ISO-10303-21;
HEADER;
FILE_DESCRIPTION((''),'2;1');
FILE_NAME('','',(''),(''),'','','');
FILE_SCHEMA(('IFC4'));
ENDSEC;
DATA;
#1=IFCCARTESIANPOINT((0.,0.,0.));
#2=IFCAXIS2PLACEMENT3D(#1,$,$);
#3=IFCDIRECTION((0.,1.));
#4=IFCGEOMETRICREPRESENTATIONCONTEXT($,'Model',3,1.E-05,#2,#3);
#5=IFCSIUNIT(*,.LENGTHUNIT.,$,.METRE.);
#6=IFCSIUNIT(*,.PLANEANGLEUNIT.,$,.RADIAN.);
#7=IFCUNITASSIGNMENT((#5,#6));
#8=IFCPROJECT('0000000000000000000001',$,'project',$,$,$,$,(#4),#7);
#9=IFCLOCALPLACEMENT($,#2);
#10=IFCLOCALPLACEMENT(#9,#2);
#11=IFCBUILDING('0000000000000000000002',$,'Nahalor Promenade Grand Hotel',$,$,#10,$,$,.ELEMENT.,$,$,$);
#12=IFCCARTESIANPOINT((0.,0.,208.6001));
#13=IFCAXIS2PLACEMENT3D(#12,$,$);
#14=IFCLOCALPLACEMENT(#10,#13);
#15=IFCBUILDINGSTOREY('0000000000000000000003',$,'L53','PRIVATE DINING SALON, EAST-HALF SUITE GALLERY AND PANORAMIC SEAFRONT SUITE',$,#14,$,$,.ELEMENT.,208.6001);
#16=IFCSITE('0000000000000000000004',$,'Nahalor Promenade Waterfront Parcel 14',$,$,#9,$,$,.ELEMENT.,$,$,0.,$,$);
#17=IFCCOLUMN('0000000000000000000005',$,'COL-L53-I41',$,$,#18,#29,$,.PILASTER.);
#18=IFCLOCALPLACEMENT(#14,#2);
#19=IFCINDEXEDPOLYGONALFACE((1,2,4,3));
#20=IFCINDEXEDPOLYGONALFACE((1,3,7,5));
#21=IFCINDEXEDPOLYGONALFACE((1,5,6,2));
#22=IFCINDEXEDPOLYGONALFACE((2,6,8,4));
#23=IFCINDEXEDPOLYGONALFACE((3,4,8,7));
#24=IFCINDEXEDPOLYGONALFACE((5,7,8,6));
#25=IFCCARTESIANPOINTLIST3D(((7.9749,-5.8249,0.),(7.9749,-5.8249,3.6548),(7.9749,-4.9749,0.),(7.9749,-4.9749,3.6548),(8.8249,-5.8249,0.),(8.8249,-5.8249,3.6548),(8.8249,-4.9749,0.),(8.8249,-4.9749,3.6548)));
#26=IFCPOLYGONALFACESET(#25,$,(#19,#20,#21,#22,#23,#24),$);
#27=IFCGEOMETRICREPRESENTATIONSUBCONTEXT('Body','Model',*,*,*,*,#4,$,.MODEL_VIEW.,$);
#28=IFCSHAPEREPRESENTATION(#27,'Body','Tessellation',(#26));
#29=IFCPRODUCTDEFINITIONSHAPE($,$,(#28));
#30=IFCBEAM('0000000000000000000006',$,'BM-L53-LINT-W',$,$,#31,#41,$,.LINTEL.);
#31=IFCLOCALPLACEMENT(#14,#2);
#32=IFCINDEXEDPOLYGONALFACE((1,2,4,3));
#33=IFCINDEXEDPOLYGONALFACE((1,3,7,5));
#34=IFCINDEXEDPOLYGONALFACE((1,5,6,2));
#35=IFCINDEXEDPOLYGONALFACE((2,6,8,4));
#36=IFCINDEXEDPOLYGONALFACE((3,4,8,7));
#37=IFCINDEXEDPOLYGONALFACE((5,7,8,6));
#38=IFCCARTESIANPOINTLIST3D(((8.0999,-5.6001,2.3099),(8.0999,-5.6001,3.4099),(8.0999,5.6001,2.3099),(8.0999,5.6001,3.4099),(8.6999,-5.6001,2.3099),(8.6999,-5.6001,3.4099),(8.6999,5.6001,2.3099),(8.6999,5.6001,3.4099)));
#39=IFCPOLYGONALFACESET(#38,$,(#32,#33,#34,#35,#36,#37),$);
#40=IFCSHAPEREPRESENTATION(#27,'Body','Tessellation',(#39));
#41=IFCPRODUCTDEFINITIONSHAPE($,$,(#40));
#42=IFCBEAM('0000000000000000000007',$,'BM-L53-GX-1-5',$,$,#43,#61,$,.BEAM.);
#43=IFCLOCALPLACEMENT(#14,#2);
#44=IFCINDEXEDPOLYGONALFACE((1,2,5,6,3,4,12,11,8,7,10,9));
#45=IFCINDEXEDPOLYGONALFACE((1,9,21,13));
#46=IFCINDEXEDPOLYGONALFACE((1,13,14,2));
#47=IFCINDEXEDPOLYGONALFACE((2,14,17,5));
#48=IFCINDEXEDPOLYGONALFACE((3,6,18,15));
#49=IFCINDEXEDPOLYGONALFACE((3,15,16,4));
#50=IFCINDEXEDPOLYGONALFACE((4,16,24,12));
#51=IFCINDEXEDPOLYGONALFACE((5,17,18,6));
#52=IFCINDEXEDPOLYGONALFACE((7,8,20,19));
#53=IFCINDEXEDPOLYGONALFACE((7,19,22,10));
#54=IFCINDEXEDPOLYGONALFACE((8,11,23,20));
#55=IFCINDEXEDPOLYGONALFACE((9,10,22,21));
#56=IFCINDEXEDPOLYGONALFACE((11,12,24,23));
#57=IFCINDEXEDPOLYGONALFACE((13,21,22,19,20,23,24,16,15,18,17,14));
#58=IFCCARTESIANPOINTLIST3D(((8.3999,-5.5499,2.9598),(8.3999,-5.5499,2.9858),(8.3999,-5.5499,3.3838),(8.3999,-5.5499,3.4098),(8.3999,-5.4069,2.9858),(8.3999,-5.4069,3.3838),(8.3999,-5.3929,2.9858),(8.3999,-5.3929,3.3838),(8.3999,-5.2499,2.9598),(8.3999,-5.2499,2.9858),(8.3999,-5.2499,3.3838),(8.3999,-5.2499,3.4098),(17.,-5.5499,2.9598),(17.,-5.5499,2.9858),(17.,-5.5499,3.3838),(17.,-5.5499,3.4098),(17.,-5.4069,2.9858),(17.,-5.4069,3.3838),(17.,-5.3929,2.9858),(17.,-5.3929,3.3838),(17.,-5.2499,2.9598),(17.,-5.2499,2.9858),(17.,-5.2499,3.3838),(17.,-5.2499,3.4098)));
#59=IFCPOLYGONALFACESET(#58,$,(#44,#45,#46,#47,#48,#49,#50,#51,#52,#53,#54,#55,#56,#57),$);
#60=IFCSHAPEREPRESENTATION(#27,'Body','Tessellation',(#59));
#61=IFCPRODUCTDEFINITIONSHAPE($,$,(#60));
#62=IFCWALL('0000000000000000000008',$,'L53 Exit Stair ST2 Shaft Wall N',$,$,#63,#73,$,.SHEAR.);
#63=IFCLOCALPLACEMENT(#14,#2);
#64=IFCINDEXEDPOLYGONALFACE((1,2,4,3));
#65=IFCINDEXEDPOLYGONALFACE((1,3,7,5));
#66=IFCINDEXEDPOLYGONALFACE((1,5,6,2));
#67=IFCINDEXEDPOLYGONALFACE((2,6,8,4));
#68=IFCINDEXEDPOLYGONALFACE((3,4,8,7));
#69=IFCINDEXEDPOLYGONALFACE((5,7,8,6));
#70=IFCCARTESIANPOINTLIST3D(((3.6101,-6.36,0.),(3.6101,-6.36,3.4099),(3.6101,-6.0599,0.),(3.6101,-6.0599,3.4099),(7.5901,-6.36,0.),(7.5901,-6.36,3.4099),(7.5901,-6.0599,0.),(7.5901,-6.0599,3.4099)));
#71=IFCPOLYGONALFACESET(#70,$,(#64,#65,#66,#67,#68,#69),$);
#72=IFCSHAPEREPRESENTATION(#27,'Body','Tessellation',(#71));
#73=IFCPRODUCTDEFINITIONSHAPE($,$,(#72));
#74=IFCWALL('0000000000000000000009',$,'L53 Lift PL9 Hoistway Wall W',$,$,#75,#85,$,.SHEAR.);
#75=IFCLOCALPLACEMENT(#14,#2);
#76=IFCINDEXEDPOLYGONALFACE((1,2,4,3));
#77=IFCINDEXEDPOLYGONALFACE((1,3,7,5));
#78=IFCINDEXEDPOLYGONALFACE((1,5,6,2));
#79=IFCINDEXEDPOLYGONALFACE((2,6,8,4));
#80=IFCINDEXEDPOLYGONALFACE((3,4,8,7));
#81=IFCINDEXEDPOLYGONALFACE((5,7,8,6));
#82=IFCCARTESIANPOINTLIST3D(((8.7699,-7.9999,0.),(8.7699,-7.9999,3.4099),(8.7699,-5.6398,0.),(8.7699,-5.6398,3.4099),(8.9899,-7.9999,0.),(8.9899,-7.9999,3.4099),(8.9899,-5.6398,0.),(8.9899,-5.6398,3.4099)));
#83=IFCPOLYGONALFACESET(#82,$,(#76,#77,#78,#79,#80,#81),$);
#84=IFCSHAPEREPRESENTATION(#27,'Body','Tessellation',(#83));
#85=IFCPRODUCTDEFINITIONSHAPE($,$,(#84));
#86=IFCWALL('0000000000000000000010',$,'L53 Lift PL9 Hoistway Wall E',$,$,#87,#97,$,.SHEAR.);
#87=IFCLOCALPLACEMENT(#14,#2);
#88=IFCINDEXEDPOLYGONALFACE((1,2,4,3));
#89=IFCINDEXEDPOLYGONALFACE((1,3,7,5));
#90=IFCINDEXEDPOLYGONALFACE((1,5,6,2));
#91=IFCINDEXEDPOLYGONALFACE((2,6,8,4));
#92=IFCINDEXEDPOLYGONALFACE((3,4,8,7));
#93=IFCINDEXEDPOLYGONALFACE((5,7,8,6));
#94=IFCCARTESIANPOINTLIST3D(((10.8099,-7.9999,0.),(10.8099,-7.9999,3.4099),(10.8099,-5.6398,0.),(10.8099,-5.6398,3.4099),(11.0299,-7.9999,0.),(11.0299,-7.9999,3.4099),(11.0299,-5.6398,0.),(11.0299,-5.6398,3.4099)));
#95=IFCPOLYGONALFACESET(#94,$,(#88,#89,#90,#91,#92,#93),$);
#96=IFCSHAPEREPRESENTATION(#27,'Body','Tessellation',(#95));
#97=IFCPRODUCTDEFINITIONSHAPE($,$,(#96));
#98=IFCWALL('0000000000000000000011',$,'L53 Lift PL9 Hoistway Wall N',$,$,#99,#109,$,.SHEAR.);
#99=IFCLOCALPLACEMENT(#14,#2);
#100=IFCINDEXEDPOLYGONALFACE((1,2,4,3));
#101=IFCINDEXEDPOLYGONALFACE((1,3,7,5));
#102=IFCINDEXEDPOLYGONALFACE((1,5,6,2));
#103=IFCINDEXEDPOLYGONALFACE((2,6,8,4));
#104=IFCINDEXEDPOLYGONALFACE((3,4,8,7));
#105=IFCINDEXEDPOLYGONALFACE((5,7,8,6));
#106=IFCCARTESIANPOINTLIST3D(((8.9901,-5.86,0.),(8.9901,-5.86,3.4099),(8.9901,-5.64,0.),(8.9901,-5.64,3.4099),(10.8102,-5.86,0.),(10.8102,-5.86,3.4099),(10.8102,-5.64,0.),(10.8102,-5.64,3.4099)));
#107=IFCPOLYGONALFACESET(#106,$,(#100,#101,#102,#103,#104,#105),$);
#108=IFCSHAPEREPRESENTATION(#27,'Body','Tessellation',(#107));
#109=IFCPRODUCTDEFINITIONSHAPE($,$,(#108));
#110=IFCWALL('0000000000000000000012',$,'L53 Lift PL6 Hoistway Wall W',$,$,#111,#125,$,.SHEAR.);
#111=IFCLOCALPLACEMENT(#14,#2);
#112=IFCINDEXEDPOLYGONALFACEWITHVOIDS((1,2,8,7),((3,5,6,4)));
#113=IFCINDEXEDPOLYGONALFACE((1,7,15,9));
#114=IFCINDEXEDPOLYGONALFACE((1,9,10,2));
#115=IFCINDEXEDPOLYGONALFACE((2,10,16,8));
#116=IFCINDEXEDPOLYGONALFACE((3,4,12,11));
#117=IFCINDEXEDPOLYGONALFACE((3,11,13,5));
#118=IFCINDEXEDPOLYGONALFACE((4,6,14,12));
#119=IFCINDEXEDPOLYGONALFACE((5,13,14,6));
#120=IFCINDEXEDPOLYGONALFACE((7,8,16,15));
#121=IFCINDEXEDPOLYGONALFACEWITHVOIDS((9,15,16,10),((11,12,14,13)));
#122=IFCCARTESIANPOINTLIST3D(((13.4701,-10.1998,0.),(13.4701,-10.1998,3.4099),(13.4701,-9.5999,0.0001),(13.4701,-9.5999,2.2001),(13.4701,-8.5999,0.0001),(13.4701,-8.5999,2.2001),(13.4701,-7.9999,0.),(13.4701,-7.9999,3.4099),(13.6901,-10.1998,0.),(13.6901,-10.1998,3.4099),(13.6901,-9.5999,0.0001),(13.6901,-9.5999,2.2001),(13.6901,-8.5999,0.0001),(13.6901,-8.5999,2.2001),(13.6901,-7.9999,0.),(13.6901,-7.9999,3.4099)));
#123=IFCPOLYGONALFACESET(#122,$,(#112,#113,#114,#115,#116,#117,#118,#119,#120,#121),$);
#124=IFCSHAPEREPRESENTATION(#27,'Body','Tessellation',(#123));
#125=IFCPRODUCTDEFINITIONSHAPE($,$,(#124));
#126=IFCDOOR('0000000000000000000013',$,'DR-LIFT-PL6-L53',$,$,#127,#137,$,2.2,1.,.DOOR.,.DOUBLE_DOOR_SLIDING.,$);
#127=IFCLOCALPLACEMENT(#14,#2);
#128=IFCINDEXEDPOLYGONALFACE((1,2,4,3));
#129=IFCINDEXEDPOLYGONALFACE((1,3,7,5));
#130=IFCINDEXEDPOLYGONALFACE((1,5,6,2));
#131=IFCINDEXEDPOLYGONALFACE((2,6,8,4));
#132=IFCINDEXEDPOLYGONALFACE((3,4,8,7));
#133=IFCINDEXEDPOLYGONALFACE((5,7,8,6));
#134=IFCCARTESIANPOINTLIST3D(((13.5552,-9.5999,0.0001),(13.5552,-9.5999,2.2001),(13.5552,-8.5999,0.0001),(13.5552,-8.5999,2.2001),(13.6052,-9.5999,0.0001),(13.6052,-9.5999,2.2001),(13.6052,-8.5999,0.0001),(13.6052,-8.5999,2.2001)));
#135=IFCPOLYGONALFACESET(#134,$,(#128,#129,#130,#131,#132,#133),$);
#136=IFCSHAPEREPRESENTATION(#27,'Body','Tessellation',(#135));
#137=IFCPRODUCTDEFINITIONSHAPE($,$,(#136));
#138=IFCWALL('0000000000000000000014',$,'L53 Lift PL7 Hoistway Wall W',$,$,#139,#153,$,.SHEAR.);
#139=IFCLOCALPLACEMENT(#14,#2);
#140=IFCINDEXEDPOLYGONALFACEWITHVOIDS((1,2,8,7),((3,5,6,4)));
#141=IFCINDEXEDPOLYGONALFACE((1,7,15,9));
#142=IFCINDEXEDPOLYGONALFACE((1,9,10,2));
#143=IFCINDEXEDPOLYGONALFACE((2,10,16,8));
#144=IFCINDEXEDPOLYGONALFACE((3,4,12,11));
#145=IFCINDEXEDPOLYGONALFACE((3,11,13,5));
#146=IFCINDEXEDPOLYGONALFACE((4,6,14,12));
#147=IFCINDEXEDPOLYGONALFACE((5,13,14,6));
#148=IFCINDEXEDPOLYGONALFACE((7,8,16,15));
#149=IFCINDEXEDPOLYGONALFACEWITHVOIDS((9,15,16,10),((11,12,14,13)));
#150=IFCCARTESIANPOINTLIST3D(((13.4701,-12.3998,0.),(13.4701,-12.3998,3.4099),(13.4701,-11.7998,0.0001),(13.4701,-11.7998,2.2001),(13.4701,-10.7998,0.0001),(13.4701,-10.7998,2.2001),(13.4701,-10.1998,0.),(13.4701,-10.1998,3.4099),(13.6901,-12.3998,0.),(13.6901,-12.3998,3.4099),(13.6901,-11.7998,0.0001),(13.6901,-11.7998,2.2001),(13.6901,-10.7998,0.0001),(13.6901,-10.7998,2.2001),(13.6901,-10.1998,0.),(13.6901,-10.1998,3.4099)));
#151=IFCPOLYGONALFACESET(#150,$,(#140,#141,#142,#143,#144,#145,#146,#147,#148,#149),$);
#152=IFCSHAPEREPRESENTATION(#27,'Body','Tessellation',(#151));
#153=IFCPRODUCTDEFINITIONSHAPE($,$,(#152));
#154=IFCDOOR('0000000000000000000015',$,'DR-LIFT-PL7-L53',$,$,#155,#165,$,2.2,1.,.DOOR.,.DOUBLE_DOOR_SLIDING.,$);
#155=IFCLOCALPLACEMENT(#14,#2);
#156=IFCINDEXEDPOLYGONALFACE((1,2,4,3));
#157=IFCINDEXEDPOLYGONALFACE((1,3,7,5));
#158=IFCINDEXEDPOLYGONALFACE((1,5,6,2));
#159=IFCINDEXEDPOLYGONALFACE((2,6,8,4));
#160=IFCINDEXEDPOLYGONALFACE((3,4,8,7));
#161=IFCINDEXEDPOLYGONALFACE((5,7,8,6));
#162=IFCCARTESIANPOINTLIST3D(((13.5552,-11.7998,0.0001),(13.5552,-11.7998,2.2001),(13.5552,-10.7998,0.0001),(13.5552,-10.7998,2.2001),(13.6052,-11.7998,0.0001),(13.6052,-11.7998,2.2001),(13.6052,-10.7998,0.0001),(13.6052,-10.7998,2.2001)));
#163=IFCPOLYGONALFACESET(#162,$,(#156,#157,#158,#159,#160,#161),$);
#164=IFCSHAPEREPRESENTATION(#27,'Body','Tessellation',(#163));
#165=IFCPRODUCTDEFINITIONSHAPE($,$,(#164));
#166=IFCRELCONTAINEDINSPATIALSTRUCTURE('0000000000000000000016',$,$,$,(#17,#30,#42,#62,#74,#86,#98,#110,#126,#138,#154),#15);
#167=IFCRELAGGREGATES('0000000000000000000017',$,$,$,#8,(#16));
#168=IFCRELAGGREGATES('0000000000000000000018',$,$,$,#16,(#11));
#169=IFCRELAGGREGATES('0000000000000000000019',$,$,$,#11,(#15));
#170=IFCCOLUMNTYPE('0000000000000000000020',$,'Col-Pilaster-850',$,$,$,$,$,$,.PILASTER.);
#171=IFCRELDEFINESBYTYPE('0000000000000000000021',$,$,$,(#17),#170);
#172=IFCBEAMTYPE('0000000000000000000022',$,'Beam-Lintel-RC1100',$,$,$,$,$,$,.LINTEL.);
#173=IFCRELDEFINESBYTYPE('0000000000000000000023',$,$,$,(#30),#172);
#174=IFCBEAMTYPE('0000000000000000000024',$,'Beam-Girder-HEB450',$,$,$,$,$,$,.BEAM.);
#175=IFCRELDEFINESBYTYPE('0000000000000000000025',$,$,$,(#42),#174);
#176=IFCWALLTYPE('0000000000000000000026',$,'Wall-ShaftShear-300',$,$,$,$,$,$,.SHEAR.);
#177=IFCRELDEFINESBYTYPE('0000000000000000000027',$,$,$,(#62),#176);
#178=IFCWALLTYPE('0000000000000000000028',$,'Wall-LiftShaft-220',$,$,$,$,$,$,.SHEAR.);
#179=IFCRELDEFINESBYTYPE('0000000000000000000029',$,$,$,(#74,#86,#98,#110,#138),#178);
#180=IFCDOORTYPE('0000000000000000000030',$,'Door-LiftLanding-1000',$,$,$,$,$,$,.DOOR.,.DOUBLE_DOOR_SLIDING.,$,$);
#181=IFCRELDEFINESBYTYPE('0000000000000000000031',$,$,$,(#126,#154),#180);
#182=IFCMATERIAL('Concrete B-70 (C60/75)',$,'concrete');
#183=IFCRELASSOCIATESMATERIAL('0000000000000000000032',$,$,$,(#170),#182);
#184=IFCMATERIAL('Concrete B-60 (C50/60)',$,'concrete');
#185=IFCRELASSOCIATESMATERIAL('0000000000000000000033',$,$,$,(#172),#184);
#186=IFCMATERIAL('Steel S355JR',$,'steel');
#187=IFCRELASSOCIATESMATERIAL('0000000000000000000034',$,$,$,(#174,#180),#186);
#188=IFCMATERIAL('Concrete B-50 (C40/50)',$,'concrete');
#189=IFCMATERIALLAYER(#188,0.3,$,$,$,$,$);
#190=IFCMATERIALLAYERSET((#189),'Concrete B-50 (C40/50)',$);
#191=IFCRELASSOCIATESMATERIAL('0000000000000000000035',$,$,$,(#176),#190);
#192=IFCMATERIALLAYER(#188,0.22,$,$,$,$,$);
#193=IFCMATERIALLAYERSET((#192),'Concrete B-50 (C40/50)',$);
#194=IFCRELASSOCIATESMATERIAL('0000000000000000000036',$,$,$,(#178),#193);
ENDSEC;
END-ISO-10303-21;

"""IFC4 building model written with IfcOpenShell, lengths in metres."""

from ifc_helpers import new_model, si_unit, direction, frame, frame_2d, origin, origin_2d, place, context, subcontext, project, spatial, rectangle, i_section, extrude, source, transform, mapped, material, layer, layer_set, material_profile, profile_set, type_object, element, fill, save


model = new_model("IFC4")

# Units and contexts
model_context = context("Model", 3, precision=1e-05, world=origin(), true_north=direction((0.0, 1.0)))
body_context = subcontext(model_context, "Body", "Model", "MODEL_VIEW")
ifc_project = project(units=[si_unit("LENGTHUNIT", "METRE"), si_unit("PLANEANGLEUNIT", "RADIAN")], contexts=[model_context])

# Site, building, storey
site_placement = place(None, origin())
site = spatial("IfcSite", under=ifc_project, at=site_placement, Name="Nahalor Promenade Waterfront Parcel 14", CompositionType="ELEMENT", RefElevation=0.0)
building_placement = place(site_placement, origin())
building = spatial("IfcBuilding", under=site, at=building_placement, Name="Nahalor Promenade Grand Hotel", CompositionType="ELEMENT")
storey_placement = place(building_placement, frame((0.0, 0.0, 208.6001)))
storey = spatial("IfcBuildingStorey", under=building, at=storey_placement, Name="L53", Description="PRIVATE DINING SALON, EAST-HALF SUITE GALLERY AND PANORAMIC SEAFRONT SUITE", CompositionType="ELEMENT", Elevation=208.6001)

# Column
ifc_material_1 = material(Name="Concrete B-70 (C60/75)", Category="concrete")
ifc_material_profile_1 = material_profile(ifc_material_1, rectangle(XDim=0.85, YDim=0.85, at=origin_2d()), Name="RC 850x850")
ifc_profile_set_1 = profile_set([ifc_material_profile_1], Name="Concrete B-70 (C60/75)")
column_type = type_object("IfcColumnType", Name="Col-Pilaster-850", PredefinedType="PILASTER", material=ifc_profile_set_1)
shared_shape_1 = source(origin(), body_context, "Body", "SweptSolid", [
    extrude(rectangle(XDim=0.85, YDim=0.85, at=origin_2d()), origin(), (0.0, 0.0, 1.0), 3.6548),
])
column_placement = place(storey_placement, frame((8.3999, -5.3999, 0.0), z_axis=(0.0, 0.0, 1.0), x_axis=(1.0, 0.0, 0.0)))
element("IfcColumn", 1, at=column_placement, inside=storey, type_object=column_type, Name="COL-L53-I41", PredefinedType="PILASTER", context=body_context, shape_type="MappedRepresentation", body=[
    mapped(shared_shape_1, transform((0.0, 0.0, 0.0), scale=1.0)),
])

# Beams
ifc_material_2 = material(Name="Concrete B-60 (C50/60)", Category="concrete")
ifc_material_profile_2 = material_profile(ifc_material_2, rectangle(XDim=0.6, YDim=1.1, at=origin_2d()), Name="RC 600x1100")
ifc_profile_set_2 = profile_set([ifc_material_profile_2], Name="Concrete B-60 (C50/60)")
beam_type_1 = type_object("IfcBeamType", Name="Beam-Lintel-RC1100", PredefinedType="LINTEL", material=ifc_profile_set_2)
shared_shape_2 = source(origin(), body_context, "Body", "SweptSolid", [
    extrude(rectangle(XDim=0.6, YDim=1.1, at=origin_2d()), origin(), (0.0, 0.0, 1.0), 11.2002),
])
beam_1_placement = place(storey_placement, frame((8.3999, -5.6001, 2.8599), z_axis=(0.0, 1.0, 0.0), x_axis=(-1.0, 0.0, 0.0)))
element("IfcBeam", 2, at=beam_1_placement, inside=storey, type_object=beam_type_1, Name="BM-L53-LINT-W", PredefinedType="LINTEL", context=body_context, shape_type="MappedRepresentation", body=[
    mapped(shared_shape_2, transform((0.0, 0.0, 0.0), scale=1.0)),
])
ifc_material_3 = material(Name="Steel S355JR", Category="steel")
ifc_material_profile_3 = material_profile(ifc_material_3, i_section(OverallWidth=0.3, OverallDepth=0.45, WebThickness=0.014, FlangeThickness=0.026, at=origin_2d()), Name="HEB 450")
ifc_profile_set_3 = profile_set([ifc_material_profile_3], Name="Steel S355JR")
beam_type_2 = type_object("IfcBeamType", Name="Beam-Girder-HEB450", PredefinedType="BEAM", material=ifc_profile_set_3)
shared_shape_3 = source(origin(), body_context, "Body", "SweptSolid", [
    extrude(i_section(OverallWidth=0.3, OverallDepth=0.45, WebThickness=0.014, FlangeThickness=0.026, at=origin_2d()), origin(), (0.0, 0.0, 1.0), 8.6001),
])
beam_2_placement = place(storey_placement, frame((8.3999, -5.3999, 3.1848), z_axis=(1.0, 0.0, 0.0), x_axis=(0.0, 1.0, 0.0)))
element("IfcBeam", 3, at=beam_2_placement, inside=storey, type_object=beam_type_2, Name="BM-L53-GX-1-5", PredefinedType="BEAM", context=body_context, shape_type="MappedRepresentation", body=[
    mapped(shared_shape_3, transform((0.0, 0.0, 0.0), scale=1.0)),
])

# Walls
ifc_material_4 = material(Name="Concrete B-50 (C40/50)", Category="concrete")
ifc_layer_1 = layer(ifc_material_4, 0.3)
ifc_layer_set_1 = layer_set([ifc_layer_1], Name="Concrete B-50 (C40/50)")
wall_type_1 = type_object("IfcWallType", Name="Wall-ShaftShear-300", PredefinedType="SHEAR", material=ifc_layer_set_1)
shared_shape_4 = source(origin(), body_context, "Body", "SweptSolid", [
    extrude(rectangle(XDim=3.98, YDim=0.3, at=frame_2d((1.99, 0.0))), origin(), (0.0, 0.0, 1.0), 3.4099),
])
wall_1_placement = place(storey_placement, frame((3.6101, -6.21, 0.0), z_axis=(0.0, 0.0, 1.0), x_axis=(1.0, 0.0, 0.0)))
element("IfcWall", 4, at=wall_1_placement, inside=storey, type_object=wall_type_1, Name="L53 Exit Stair ST2 Shaft Wall N", PredefinedType="SHEAR", context=body_context, shape_type="MappedRepresentation", body=[
    mapped(shared_shape_4, transform((0.0, 0.0, 0.0), scale=1.0)),
])
ifc_layer_2 = layer(ifc_material_4, 0.22)
ifc_layer_set_2 = layer_set([ifc_layer_2], Name="Concrete B-50 (C40/50)")
wall_type_2 = type_object("IfcWallType", Name="Wall-LiftShaft-220", PredefinedType="SHEAR", material=ifc_layer_set_2)
shared_shape_5 = source(origin(), body_context, "Body", "SweptSolid", [
    extrude(rectangle(XDim=2.3601, YDim=0.22, at=frame_2d((1.1802, 0.0))), origin(), (0.0, 0.0, 1.0), 3.4099),
])
for number, where, z_axis, x_axis, name in (
    (5, (8.8799, -8.0, 0.0), (0.0, 0.0, 1.0), (0.0, 1.0, 0.0), "L53 Lift PL9 Hoistway Wall W"),
    (6, (10.9199, -8.0, 0.0), (0.0, 0.0, 1.0), (0.0, 1.0, 0.0), "L53 Lift PL9 Hoistway Wall E"),
):
    element("IfcWall", number, at=place(storey_placement, frame(where, z_axis=z_axis, x_axis=x_axis)), inside=storey, type_object=wall_type_2, Name=name, PredefinedType="SHEAR", context=body_context, shape_type="MappedRepresentation", body=[
        mapped(shared_shape_5, transform((0.0, 0.0, 0.0), scale=1.0)),
    ])
shared_shape_6 = source(origin(), body_context, "Body", "SweptSolid", [
    extrude(rectangle(XDim=1.8201, YDim=0.22, at=frame_2d((0.9102, 0.0))), origin(), (0.0, 0.0, 1.0), 3.4099),
])
wall_2_placement = place(storey_placement, frame((8.99, -5.75, 0.0), z_axis=(0.0, 0.0, 1.0), x_axis=(1.0, 0.0, 0.0)))
element("IfcWall", 7, at=wall_2_placement, inside=storey, type_object=wall_type_2, Name="L53 Lift PL9 Hoistway Wall N", PredefinedType="SHEAR", context=body_context, shape_type="MappedRepresentation", body=[
    mapped(shared_shape_6, transform((0.0, 0.0, 0.0), scale=1.0)),
])

# Walls, openings, doors
shared_shape_7 = source(origin(), body_context, "Body", "SweptSolid", [
    extrude(rectangle(XDim=2.2, YDim=0.22, at=frame_2d((1.1001, 0.0))), origin(), (0.0, 0.0, 1.0), 3.4099),
])
wall_3_placement = place(storey_placement, frame((13.5801, -10.2, 0.0), z_axis=(0.0, 0.0, 1.0), x_axis=(0.0, 1.0, 0.0)))
wall_3 = element("IfcWall", 8, at=wall_3_placement, inside=storey, type_object=wall_type_2, Name="L53 Lift PL6 Hoistway Wall W", PredefinedType="SHEAR", context=body_context, shape_type="MappedRepresentation", body=[
    mapped(shared_shape_7, transform((0.0, 0.0, 0.0), scale=1.0)),
])
opening_1_placement = place(wall_3_placement, frame((0.6001, 0.0, 0.0)))
opening_1 = element("IfcOpeningElement", 9, at=opening_1_placement, cuts=wall_3, PredefinedType="OPENING", context=body_context, shape_type="SweptSolid", body=[
    extrude(rectangle(XDim=1.0, YDim=2.2, at=frame_2d((0.5, 1.1001))), frame((0.0, 0.1199, 0.0), z_axis=(0.0, -1.0, 0.0), x_axis=(1.0, 0.0, 0.0)), (0.0, 0.0, 1.0), 0.24),
])
door_type = type_object("IfcDoorType", Name="Door-LiftLanding-1000", OperationType="DOUBLE_DOOR_SLIDING", PredefinedType="DOOR", material=ifc_material_3)
shared_shape_8 = source(origin(), body_context, "Body", "SweptSolid", [
    extrude(rectangle(XDim=1.0, YDim=2.2, at=frame_2d((0.5, 1.1001))), frame((0.0, 0.0249, 0.0), z_axis=(0.0, -1.0, 0.0), x_axis=(1.0, 0.0, 0.0)), (0.0, 0.0, 1.0), 0.05),
])
door_1_placement = place(opening_1_placement, origin())
door_1 = element("IfcDoor", 10, at=door_1_placement, inside=storey, type_object=door_type, Name="DR-LIFT-PL6-L53", OperationType="DOUBLE_DOOR_SLIDING", OverallHeight=2.2, OverallWidth=1.0, PredefinedType="DOOR", context=body_context, shape_type="MappedRepresentation", body=[
    mapped(shared_shape_8, transform((0.0, 0.0, 0.0), scale=1.0)),
])
fill(opening_1, door_1)
wall_4_placement = place(storey_placement, frame((13.5801, -12.3999, 0.0), z_axis=(0.0, 0.0, 1.0), x_axis=(0.0, 1.0, 0.0)))
wall_4 = element("IfcWall", 11, at=wall_4_placement, inside=storey, type_object=wall_type_2, Name="L53 Lift PL7 Hoistway Wall W", PredefinedType="SHEAR", context=body_context, shape_type="MappedRepresentation", body=[
    mapped(shared_shape_7, transform((0.0, 0.0, 0.0), scale=1.0)),
])
opening_2_placement = place(wall_4_placement, frame((0.6001, 0.0, 0.0)))
opening_2 = element("IfcOpeningElement", 12, at=opening_2_placement, cuts=wall_4, PredefinedType="OPENING", context=body_context, shape_type="SweptSolid", body=[
    extrude(rectangle(XDim=1.0, YDim=2.2, at=frame_2d((0.5, 1.1001))), frame((0.0, 0.1199, 0.0), z_axis=(0.0, -1.0, 0.0), x_axis=(1.0, 0.0, 0.0)), (0.0, 0.0, 1.0), 0.24),
])
door_2_placement = place(opening_2_placement, origin())
door_2 = element("IfcDoor", 13, at=door_2_placement, inside=storey, type_object=door_type, Name="DR-LIFT-PL7-L53", OperationType="DOUBLE_DOOR_SLIDING", OverallHeight=2.2, OverallWidth=1.0, PredefinedType="DOOR", context=body_context, shape_type="MappedRepresentation", body=[
    mapped(shared_shape_8, transform((0.0, 0.0, 0.0), scale=1.0)),
])
fill(opening_2, door_2)

save(model, "model.ifc")
